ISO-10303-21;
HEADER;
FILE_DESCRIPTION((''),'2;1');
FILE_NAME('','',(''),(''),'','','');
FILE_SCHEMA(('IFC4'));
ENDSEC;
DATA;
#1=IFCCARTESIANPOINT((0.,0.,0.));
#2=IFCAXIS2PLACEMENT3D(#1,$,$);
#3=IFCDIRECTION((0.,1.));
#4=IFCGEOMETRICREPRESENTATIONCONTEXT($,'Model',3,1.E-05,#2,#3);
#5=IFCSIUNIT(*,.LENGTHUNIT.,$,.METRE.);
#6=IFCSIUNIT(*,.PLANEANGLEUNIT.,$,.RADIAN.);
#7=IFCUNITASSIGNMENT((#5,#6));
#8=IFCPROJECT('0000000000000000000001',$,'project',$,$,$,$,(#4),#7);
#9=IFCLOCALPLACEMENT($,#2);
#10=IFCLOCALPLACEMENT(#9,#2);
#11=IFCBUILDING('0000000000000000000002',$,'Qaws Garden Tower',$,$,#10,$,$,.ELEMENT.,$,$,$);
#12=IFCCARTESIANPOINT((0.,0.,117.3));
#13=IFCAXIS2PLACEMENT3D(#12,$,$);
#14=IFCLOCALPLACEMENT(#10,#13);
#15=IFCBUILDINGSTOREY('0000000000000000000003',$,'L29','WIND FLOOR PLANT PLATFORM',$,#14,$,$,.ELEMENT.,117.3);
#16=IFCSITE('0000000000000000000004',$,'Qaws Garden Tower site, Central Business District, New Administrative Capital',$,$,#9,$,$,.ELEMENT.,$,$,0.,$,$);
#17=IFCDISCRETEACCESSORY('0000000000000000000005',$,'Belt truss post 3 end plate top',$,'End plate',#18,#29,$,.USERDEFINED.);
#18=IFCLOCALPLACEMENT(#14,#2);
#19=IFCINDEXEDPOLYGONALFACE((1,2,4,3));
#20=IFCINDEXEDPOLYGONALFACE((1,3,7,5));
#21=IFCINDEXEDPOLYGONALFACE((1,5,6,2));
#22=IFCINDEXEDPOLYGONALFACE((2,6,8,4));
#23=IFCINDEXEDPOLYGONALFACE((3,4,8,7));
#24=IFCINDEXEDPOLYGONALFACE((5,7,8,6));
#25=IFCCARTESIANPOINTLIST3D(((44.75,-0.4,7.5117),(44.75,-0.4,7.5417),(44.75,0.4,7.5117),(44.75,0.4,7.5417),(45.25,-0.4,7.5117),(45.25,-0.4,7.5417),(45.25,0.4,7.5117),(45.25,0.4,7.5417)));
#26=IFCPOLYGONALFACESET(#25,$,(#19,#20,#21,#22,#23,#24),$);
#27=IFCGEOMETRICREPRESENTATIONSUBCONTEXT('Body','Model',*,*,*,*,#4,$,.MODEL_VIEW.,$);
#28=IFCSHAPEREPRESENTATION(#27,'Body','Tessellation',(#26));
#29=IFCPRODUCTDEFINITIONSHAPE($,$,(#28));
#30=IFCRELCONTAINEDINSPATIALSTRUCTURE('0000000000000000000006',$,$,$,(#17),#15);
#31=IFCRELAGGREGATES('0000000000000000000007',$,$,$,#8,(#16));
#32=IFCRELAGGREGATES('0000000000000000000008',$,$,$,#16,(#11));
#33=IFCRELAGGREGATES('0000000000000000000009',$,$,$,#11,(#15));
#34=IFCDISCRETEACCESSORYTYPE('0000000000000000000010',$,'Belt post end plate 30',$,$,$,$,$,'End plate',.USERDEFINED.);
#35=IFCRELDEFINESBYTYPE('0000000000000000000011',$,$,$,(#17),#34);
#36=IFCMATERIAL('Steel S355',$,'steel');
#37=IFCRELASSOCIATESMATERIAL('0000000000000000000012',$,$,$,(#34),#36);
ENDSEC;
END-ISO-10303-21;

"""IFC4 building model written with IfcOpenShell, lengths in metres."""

from ifc_helpers import new_model, si_unit, direction, frame, origin, origin_2d, place, context, subcontext, project, spatial, rectangle, extrude, material, type_object, element, save


model = new_model("IFC4")

# Units and contexts
model_context = context("Model", 3, precision=1e-05, world=origin(), true_north=direction((0.0, 1.0)))
body_context = subcontext(model_context, "Body", "Model", "MODEL_VIEW")
ifc_project = project(units=[si_unit("LENGTHUNIT", "METRE"), si_unit("PLANEANGLEUNIT", "RADIAN")], contexts=[model_context])

# Site, building, storey
site_placement = place(None, origin())
site = spatial("IfcSite", under=ifc_project, at=site_placement, Name="Qaws Garden Tower site, Central Business District, New Administrative Capital", CompositionType="ELEMENT", RefElevation=0.0)
building_placement = place(site_placement, origin())
building = spatial("IfcBuilding", under=site, at=building_placement, Name="Qaws Garden Tower", CompositionType="ELEMENT")
storey_placement = place(building_placement, frame((0.0, 0.0, 117.3)))
storey = spatial("IfcBuildingStorey", under=building, at=storey_placement, Name="L29", Description="WIND FLOOR PLANT PLATFORM", CompositionType="ELEMENT", Elevation=117.3)

# Discrete accessory
ifc_material_1 = material(Name="Steel S355", Category="steel")
discrete_accessory_type = type_object("IfcDiscreteAccessoryType", Name="Belt post end plate 30", ElementType="End plate", PredefinedType="USERDEFINED", material=ifc_material_1)
discrete_accessory_1_placement = place(storey_placement, frame((45.0, 0.0, 7.5117), z_axis=(0.0, 0.0, 1.0), x_axis=(1.0, 0.0, 0.0)))
element("IfcDiscreteAccessory", 1, at=discrete_accessory_1_placement, inside=storey, type_object=discrete_accessory_type, Name="Belt truss post 3 end plate top", ObjectType="End plate", PredefinedType="USERDEFINED", context=body_context, shape_type="SweptSolid", body=[
    extrude(rectangle(XDim=0.5, YDim=0.8, at=origin_2d()), origin(), (0.0, 0.0, 1.0), 0.03),
])

save(model, "model.ifc")
